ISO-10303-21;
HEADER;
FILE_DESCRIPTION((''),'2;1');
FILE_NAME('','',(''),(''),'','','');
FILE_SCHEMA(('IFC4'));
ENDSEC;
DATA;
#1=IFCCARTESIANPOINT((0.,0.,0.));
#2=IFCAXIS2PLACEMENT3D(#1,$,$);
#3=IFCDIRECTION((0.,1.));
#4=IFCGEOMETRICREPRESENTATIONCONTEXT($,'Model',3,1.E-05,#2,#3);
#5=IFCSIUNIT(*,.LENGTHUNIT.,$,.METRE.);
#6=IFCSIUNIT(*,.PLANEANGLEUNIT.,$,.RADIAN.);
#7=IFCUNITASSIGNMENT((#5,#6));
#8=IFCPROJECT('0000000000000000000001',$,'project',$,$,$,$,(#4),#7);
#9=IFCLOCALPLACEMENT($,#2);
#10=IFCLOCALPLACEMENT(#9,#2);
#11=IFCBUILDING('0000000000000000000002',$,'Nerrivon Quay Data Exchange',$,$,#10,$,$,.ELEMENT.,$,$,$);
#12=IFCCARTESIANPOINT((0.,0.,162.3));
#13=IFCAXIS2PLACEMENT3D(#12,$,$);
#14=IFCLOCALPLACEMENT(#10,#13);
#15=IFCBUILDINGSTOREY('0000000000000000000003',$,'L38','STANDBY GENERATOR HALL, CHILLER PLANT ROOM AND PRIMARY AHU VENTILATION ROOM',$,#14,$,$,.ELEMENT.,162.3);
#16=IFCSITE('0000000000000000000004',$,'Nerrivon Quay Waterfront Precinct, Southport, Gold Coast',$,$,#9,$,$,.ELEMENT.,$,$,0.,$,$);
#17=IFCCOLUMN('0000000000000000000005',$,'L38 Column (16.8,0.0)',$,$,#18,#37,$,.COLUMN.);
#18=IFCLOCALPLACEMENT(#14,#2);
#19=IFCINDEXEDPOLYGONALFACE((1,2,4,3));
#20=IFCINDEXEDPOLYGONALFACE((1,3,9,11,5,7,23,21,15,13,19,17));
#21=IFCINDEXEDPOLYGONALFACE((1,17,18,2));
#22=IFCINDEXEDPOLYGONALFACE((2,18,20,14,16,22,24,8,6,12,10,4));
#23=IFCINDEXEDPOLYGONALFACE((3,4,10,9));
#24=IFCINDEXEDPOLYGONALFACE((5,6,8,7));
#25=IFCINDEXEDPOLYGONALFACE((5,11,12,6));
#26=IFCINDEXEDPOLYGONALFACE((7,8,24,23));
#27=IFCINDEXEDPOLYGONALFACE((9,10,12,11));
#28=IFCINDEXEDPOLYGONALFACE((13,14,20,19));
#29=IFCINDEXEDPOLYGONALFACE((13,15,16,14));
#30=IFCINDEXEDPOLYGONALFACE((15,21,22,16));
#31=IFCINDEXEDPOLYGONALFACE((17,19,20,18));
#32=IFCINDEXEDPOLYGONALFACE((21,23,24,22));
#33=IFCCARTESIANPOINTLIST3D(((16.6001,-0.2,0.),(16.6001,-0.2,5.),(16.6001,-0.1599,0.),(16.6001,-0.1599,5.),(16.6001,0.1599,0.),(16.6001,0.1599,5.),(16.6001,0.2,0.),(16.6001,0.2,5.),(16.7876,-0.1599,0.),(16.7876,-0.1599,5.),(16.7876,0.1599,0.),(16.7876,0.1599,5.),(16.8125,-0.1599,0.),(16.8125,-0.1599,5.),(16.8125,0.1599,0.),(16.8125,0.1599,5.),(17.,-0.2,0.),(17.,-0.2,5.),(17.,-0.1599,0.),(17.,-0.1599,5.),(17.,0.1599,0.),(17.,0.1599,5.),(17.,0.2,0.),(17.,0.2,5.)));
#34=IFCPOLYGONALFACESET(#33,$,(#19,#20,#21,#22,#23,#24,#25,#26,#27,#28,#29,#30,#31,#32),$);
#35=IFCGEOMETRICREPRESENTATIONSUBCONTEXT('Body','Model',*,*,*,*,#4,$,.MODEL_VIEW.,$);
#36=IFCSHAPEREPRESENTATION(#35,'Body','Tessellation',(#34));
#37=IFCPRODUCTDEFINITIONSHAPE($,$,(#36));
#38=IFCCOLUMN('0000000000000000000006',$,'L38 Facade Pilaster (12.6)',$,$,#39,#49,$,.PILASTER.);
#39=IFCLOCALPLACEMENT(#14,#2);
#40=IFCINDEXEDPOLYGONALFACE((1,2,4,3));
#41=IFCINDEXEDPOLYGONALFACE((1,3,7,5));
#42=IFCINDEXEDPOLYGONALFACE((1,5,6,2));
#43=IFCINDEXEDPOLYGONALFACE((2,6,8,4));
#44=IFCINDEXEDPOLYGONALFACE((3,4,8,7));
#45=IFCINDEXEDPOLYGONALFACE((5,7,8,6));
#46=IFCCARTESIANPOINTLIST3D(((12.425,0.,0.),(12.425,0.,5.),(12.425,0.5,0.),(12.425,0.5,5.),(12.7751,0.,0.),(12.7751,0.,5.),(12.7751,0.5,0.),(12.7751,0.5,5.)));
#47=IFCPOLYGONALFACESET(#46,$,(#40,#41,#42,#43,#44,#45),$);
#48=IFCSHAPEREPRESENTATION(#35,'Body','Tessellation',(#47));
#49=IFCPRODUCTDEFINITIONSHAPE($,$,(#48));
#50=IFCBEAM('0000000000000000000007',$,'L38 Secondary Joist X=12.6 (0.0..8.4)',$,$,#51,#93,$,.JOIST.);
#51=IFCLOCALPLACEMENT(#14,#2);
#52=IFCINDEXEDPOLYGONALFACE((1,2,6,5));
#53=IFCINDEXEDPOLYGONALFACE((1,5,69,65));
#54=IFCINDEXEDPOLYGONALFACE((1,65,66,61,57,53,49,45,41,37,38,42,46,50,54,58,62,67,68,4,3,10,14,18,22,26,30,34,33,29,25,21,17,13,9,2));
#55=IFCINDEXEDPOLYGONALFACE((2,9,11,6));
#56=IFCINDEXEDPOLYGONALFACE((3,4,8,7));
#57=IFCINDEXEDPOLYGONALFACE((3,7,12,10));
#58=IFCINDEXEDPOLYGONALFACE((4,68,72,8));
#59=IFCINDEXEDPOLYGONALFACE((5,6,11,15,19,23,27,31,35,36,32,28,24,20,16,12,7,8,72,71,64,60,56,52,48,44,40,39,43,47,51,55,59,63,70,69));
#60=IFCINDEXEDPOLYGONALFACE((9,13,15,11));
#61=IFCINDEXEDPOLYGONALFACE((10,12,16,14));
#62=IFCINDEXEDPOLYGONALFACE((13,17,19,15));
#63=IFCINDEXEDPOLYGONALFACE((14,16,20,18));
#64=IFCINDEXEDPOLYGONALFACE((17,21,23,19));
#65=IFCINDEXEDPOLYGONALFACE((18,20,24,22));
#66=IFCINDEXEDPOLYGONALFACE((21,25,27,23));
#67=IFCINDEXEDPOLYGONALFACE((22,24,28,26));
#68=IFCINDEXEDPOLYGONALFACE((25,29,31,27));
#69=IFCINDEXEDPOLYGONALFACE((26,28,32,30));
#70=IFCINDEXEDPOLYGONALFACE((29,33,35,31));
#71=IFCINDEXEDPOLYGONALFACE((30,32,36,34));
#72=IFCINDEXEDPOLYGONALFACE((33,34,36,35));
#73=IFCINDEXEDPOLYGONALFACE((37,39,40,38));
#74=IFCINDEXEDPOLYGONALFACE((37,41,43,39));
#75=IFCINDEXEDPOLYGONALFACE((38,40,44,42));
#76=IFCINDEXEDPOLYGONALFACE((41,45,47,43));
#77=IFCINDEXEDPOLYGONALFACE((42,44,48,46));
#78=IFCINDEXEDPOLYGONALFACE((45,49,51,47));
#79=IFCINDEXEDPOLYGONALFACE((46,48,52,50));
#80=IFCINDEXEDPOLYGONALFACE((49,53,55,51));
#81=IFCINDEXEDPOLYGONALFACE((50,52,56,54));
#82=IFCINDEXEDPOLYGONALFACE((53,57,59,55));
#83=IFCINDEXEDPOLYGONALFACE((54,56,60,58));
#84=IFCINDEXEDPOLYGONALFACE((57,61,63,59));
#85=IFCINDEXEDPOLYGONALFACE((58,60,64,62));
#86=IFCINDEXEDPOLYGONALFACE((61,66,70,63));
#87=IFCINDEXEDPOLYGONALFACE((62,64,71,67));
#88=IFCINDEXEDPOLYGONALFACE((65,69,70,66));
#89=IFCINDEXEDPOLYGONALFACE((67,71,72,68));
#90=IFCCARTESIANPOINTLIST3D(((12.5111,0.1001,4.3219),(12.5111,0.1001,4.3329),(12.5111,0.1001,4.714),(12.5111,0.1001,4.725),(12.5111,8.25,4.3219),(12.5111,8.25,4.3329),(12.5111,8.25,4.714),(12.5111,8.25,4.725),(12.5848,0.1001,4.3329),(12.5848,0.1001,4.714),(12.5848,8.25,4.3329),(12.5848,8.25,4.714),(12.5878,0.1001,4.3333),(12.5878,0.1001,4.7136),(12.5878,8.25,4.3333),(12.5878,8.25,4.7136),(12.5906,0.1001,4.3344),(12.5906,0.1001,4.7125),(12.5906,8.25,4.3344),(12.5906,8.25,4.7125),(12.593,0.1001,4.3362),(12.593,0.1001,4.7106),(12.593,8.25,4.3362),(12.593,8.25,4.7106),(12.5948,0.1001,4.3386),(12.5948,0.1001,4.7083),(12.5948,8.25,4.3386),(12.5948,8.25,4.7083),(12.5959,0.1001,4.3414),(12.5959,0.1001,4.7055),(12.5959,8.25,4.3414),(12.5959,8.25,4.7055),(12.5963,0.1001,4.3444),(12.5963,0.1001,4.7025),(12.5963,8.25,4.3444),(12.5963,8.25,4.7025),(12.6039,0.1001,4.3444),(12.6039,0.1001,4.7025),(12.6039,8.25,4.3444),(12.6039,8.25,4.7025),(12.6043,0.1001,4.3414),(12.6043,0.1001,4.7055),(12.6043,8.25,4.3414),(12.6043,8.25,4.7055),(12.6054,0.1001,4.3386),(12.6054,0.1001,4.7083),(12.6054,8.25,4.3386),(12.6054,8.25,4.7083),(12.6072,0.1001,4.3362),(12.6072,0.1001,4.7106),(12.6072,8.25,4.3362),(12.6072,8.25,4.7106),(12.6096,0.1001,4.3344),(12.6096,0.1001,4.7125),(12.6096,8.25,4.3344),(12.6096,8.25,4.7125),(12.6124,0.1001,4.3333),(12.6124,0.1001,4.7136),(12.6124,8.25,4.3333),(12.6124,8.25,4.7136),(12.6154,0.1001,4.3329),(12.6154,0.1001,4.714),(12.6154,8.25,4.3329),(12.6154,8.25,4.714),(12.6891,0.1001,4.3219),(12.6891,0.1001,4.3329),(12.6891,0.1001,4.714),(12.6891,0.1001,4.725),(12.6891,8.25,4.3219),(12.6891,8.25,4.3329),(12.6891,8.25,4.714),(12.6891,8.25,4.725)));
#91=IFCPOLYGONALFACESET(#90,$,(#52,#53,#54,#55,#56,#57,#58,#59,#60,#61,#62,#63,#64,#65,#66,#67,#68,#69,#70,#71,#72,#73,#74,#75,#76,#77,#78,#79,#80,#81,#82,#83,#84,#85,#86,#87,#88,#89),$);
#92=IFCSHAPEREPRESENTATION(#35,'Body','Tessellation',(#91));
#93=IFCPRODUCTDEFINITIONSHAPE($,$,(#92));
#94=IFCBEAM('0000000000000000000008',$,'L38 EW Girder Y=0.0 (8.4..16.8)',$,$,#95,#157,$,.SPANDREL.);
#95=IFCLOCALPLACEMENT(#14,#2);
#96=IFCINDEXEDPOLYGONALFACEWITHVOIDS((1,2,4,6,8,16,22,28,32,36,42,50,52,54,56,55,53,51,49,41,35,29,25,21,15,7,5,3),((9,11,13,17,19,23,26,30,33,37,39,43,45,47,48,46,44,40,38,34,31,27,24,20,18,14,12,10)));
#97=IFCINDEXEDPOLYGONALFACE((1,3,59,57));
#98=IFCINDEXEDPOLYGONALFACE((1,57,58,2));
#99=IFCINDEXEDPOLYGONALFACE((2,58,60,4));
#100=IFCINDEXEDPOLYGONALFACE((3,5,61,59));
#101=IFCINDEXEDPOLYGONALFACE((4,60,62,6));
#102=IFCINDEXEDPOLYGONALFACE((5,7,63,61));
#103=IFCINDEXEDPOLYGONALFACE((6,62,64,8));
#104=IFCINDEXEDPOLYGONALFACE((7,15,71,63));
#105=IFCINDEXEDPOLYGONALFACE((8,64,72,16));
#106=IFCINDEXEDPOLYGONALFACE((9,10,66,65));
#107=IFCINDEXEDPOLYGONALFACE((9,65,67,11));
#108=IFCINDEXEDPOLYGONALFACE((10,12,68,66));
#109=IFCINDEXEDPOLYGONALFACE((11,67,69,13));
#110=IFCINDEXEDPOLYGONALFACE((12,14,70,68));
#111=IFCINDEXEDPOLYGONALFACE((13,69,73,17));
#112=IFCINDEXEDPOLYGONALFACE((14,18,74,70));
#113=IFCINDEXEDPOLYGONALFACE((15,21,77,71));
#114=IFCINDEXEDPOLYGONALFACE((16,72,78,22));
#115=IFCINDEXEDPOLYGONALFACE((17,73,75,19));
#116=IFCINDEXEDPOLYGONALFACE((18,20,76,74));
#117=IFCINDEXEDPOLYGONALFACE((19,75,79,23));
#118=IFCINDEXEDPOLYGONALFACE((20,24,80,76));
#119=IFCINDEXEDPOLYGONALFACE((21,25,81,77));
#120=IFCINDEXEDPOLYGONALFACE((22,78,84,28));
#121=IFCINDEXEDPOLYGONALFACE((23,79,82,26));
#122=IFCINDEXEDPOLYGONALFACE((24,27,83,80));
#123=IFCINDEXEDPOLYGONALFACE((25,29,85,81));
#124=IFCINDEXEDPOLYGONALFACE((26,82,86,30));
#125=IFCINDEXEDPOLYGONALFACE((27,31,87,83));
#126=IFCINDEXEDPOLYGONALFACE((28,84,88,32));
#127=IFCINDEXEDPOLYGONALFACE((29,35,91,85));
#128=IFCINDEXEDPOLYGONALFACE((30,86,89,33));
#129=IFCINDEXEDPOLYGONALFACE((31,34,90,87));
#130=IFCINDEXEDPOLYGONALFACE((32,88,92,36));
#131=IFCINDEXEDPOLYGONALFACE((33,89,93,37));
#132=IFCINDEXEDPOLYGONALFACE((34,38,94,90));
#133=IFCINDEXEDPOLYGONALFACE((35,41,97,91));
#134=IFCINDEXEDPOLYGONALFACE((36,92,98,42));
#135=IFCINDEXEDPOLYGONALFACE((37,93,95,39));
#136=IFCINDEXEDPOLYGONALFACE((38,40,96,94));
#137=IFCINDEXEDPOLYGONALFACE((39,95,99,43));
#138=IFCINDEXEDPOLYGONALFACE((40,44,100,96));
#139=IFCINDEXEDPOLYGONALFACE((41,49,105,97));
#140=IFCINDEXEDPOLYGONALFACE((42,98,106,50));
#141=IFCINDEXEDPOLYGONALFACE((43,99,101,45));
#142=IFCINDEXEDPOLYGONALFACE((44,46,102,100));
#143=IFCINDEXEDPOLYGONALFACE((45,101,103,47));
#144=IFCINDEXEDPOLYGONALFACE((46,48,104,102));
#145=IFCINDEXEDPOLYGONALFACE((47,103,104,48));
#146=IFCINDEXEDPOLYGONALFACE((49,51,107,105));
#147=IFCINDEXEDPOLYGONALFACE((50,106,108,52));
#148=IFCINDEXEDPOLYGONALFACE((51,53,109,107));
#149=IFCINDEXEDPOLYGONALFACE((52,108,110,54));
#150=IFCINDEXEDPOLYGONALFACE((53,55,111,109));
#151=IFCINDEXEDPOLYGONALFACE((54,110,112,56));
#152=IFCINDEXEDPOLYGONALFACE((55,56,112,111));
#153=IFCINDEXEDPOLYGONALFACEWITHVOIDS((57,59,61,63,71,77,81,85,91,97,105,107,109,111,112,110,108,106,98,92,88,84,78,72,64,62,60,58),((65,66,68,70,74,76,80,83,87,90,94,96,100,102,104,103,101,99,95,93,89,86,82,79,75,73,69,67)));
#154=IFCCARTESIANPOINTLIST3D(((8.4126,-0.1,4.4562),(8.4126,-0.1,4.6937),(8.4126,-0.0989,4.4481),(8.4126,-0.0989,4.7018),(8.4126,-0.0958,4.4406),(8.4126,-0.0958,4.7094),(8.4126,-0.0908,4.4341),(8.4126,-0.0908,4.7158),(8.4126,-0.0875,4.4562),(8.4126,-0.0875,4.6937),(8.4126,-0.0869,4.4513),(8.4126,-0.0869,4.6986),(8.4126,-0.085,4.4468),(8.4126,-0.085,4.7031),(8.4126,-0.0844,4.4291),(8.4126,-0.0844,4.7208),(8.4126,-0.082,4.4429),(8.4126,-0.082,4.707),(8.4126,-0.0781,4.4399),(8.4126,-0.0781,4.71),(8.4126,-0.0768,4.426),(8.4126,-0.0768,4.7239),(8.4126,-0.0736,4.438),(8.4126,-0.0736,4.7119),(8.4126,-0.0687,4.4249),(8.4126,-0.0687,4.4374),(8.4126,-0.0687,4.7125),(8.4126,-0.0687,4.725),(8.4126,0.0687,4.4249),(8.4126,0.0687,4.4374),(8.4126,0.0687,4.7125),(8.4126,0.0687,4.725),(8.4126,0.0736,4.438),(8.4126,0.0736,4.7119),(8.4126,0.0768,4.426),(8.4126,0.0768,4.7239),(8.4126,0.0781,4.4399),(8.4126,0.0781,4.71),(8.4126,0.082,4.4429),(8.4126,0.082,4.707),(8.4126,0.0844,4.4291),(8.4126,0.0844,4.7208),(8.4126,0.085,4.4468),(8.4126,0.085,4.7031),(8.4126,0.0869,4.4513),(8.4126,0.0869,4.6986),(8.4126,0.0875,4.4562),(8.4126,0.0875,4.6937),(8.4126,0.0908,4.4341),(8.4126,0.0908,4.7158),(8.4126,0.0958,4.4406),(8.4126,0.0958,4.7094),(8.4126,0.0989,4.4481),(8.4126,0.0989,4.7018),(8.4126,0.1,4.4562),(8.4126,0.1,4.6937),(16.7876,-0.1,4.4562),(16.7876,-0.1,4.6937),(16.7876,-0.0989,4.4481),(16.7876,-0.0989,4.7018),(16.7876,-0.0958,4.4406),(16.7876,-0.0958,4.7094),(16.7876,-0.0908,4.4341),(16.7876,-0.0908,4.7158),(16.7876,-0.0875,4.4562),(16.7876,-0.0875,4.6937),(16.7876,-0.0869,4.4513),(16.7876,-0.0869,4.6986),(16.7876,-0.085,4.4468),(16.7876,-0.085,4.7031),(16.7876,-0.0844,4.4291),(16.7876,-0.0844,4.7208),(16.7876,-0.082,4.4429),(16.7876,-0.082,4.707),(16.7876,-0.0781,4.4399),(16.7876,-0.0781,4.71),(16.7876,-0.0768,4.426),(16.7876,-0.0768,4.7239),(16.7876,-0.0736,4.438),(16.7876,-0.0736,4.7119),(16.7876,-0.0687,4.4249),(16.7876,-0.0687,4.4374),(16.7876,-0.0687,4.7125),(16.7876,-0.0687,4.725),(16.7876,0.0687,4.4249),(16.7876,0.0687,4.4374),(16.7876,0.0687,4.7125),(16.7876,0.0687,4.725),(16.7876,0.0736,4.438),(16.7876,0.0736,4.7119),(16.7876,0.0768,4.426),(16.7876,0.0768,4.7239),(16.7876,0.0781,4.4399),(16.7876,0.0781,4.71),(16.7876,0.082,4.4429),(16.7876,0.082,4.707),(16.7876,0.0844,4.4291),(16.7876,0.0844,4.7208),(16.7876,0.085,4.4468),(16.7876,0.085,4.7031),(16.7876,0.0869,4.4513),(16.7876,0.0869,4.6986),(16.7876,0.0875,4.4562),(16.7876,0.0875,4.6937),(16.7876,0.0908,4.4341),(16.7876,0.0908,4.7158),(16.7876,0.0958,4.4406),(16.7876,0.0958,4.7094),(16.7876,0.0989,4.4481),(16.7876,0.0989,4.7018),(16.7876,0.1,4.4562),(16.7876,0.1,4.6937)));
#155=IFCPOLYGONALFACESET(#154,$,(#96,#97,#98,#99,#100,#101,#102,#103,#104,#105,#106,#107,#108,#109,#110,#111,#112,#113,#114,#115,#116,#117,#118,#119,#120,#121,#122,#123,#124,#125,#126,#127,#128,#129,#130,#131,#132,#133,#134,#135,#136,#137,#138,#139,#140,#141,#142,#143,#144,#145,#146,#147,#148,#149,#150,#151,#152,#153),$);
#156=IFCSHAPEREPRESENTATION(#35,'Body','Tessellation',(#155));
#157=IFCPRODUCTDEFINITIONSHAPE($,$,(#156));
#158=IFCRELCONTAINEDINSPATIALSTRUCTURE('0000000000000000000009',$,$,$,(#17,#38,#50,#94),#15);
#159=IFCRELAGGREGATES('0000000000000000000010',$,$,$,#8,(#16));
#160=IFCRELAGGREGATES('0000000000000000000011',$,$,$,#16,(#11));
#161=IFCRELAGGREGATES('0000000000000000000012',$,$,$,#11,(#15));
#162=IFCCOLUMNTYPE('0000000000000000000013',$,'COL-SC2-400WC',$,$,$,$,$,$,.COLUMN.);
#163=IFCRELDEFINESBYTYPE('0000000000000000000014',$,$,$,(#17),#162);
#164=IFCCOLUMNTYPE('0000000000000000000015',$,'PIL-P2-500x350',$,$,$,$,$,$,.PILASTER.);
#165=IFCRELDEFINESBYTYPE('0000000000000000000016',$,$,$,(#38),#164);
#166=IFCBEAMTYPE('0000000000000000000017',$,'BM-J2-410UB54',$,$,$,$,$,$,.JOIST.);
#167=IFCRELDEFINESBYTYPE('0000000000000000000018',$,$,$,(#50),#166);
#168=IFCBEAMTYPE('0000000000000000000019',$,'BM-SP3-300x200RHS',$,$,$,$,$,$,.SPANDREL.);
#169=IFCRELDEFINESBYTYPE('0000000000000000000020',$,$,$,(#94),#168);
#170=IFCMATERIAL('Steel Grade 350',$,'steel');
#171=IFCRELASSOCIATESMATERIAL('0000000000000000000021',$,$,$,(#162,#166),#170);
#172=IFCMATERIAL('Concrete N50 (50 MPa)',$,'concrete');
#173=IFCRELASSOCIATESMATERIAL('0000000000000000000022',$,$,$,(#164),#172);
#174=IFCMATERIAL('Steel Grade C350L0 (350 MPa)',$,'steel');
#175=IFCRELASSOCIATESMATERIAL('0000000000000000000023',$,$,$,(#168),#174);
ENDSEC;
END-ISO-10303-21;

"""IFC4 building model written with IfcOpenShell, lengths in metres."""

from ifc_helpers import new_model, si_unit, direction, frame, origin, origin_2d, place, context, subcontext, project, spatial, rectangle, hollow_rectangle, i_section, extrude, material, material_profile, profile_set, type_object, element, save


model = new_model("IFC4")

# Units and contexts
model_context = context("Model", 3, precision=1e-05, world=origin(), true_north=direction((0.0, 1.0)))
body_context = subcontext(model_context, "Body", "Model", "MODEL_VIEW")
ifc_project = project(units=[si_unit("LENGTHUNIT", "METRE"), si_unit("PLANEANGLEUNIT", "RADIAN")], contexts=[model_context])

# Site, building, storey
site_placement = place(None, origin())
site = spatial("IfcSite", under=ifc_project, at=site_placement, Name="Nerrivon Quay Waterfront Precinct, Southport, Gold Coast", CompositionType="ELEMENT", RefElevation=0.0)
building_placement = place(site_placement, origin())
building = spatial("IfcBuilding", under=site, at=building_placement, Name="Nerrivon Quay Data Exchange", CompositionType="ELEMENT")
storey_placement = place(building_placement, frame((0.0, 0.0, 162.3)))
storey = spatial("IfcBuildingStorey", under=building, at=storey_placement, Name="L38", Description="STANDBY GENERATOR HALL, CHILLER PLANT ROOM AND PRIMARY AHU VENTILATION ROOM", CompositionType="ELEMENT", Elevation=162.3)

# Columns
ifc_material_1 = material(Name="Steel Grade 350", Category="steel")
ifc_material_profile_1 = material_profile(ifc_material_1, i_section(OverallWidth=0.3999, OverallDepth=0.3999, WebThickness=0.0249, FlangeThickness=0.04, at=origin_2d()), Name="400WC328")
ifc_profile_set_1 = profile_set([ifc_material_profile_1], Name="Steel Grade 350")
column_type_1 = type_object("IfcColumnType", Name="COL-SC2-400WC", PredefinedType="COLUMN", material=ifc_profile_set_1)
column_1_placement = place(storey_placement, frame((16.8, 0.0, 0.0), z_axis=(0.0, 0.0, 1.0), x_axis=(1.0, 0.0, 0.0)))
element("IfcColumn", 1, at=column_1_placement, inside=storey, type_object=column_type_1, Name="L38 Column (16.8,0.0)", PredefinedType="COLUMN", context=body_context, shape_type="SweptSolid", body=[
    extrude(i_section(OverallWidth=0.3999, OverallDepth=0.3999, WebThickness=0.0249, FlangeThickness=0.04, at=origin_2d()), origin(), (0.0, 0.0, 1.0), 5.0),
])
ifc_material_2 = material(Name="Concrete N50 (50 MPa)", Category="concrete")
ifc_material_profile_2 = material_profile(ifc_material_2, rectangle(XDim=0.3501, YDim=0.5, at=origin_2d()), Name="RC-PIL-500x350")
ifc_profile_set_2 = profile_set([ifc_material_profile_2], Name="Concrete N50 (50 MPa)")
column_type_2 = type_object("IfcColumnType", Name="PIL-P2-500x350", PredefinedType="PILASTER", material=ifc_profile_set_2)
column_2_placement = place(storey_placement, frame((12.6001, 0.25, 0.0), z_axis=(0.0, 0.0, 1.0), x_axis=(1.0, 0.0, 0.0)))
element("IfcColumn", 2, at=column_2_placement, inside=storey, type_object=column_type_2, Name="L38 Facade Pilaster (12.6)", PredefinedType="PILASTER", context=body_context, shape_type="SweptSolid", body=[
    extrude(rectangle(XDim=0.3501, YDim=0.5, at=origin_2d()), origin(), (0.0, 0.0, 1.0), 5.0),
])

# Beams
ifc_material_profile_3 = material_profile(ifc_material_1, i_section(OverallWidth=0.178, OverallDepth=0.4031, WebThickness=0.0076, FlangeThickness=0.011, FilletRadius=0.0115, at=origin_2d()), Name="410UB53.7")
ifc_profile_set_3 = profile_set([ifc_material_profile_3], Name="Steel Grade 350")
beam_type_1 = type_object("IfcBeamType", Name="BM-J2-410UB54", PredefinedType="JOIST", material=ifc_profile_set_3)
beam_1_placement = place(storey_placement, frame((12.6001, 0.1001, 4.5234), z_axis=(0.0, 1.0, 0.0), x_axis=(-1.0, 0.0, 0.0)))
element("IfcBeam", 3, at=beam_1_placement, inside=storey, type_object=beam_type_1, Name="L38 Secondary Joist X=12.6 (0.0..8.4)", PredefinedType="JOIST", context=body_context, shape_type="SweptSolid", body=[
    extrude(i_section(OverallWidth=0.178, OverallDepth=0.4031, WebThickness=0.0076, FlangeThickness=0.011, FilletRadius=0.0115, at=origin_2d()), origin(), (0.0, 0.0, 1.0), 8.1499),
])
ifc_material_3 = material(Name="Steel Grade C350L0 (350 MPa)", Category="steel")
ifc_material_profile_4 = material_profile(ifc_material_3, hollow_rectangle(XDim=0.2, YDim=0.3, WallThickness=0.0125, InnerFilletRadius=0.0188, OuterFilletRadius=0.0312, at=origin_2d()), Name="300x200x12.5RHS")
ifc_profile_set_4 = profile_set([ifc_material_profile_4], Name="Steel Grade C350L0 (350 MPa)")
beam_type_2 = type_object("IfcBeamType", Name="BM-SP3-300x200RHS", PredefinedType="SPANDREL", material=ifc_profile_set_4)
for number, where, z_axis, x_axis, name in (
    (4, (8.4126, 0.0, 4.575), (1.0, 0.0, 0.0), (0.0, 1.0, 0.0), "L38 EW Girder Y=0.0 (8.4..16.8)"),
):
    element("IfcBeam", number, at=place(storey_placement, frame(where, z_axis=z_axis, x_axis=x_axis)), inside=storey, type_object=beam_type_2, Name=name, PredefinedType="SPANDREL", context=body_context, shape_type="SweptSolid", body=[
        extrude(hollow_rectangle(XDim=0.2, YDim=0.3, WallThickness=0.0125, InnerFilletRadius=0.0188, OuterFilletRadius=0.0312, at=origin_2d()), origin(), (0.0, 0.0, 1.0), 8.375),
    ])

save(model, "model.ifc")
